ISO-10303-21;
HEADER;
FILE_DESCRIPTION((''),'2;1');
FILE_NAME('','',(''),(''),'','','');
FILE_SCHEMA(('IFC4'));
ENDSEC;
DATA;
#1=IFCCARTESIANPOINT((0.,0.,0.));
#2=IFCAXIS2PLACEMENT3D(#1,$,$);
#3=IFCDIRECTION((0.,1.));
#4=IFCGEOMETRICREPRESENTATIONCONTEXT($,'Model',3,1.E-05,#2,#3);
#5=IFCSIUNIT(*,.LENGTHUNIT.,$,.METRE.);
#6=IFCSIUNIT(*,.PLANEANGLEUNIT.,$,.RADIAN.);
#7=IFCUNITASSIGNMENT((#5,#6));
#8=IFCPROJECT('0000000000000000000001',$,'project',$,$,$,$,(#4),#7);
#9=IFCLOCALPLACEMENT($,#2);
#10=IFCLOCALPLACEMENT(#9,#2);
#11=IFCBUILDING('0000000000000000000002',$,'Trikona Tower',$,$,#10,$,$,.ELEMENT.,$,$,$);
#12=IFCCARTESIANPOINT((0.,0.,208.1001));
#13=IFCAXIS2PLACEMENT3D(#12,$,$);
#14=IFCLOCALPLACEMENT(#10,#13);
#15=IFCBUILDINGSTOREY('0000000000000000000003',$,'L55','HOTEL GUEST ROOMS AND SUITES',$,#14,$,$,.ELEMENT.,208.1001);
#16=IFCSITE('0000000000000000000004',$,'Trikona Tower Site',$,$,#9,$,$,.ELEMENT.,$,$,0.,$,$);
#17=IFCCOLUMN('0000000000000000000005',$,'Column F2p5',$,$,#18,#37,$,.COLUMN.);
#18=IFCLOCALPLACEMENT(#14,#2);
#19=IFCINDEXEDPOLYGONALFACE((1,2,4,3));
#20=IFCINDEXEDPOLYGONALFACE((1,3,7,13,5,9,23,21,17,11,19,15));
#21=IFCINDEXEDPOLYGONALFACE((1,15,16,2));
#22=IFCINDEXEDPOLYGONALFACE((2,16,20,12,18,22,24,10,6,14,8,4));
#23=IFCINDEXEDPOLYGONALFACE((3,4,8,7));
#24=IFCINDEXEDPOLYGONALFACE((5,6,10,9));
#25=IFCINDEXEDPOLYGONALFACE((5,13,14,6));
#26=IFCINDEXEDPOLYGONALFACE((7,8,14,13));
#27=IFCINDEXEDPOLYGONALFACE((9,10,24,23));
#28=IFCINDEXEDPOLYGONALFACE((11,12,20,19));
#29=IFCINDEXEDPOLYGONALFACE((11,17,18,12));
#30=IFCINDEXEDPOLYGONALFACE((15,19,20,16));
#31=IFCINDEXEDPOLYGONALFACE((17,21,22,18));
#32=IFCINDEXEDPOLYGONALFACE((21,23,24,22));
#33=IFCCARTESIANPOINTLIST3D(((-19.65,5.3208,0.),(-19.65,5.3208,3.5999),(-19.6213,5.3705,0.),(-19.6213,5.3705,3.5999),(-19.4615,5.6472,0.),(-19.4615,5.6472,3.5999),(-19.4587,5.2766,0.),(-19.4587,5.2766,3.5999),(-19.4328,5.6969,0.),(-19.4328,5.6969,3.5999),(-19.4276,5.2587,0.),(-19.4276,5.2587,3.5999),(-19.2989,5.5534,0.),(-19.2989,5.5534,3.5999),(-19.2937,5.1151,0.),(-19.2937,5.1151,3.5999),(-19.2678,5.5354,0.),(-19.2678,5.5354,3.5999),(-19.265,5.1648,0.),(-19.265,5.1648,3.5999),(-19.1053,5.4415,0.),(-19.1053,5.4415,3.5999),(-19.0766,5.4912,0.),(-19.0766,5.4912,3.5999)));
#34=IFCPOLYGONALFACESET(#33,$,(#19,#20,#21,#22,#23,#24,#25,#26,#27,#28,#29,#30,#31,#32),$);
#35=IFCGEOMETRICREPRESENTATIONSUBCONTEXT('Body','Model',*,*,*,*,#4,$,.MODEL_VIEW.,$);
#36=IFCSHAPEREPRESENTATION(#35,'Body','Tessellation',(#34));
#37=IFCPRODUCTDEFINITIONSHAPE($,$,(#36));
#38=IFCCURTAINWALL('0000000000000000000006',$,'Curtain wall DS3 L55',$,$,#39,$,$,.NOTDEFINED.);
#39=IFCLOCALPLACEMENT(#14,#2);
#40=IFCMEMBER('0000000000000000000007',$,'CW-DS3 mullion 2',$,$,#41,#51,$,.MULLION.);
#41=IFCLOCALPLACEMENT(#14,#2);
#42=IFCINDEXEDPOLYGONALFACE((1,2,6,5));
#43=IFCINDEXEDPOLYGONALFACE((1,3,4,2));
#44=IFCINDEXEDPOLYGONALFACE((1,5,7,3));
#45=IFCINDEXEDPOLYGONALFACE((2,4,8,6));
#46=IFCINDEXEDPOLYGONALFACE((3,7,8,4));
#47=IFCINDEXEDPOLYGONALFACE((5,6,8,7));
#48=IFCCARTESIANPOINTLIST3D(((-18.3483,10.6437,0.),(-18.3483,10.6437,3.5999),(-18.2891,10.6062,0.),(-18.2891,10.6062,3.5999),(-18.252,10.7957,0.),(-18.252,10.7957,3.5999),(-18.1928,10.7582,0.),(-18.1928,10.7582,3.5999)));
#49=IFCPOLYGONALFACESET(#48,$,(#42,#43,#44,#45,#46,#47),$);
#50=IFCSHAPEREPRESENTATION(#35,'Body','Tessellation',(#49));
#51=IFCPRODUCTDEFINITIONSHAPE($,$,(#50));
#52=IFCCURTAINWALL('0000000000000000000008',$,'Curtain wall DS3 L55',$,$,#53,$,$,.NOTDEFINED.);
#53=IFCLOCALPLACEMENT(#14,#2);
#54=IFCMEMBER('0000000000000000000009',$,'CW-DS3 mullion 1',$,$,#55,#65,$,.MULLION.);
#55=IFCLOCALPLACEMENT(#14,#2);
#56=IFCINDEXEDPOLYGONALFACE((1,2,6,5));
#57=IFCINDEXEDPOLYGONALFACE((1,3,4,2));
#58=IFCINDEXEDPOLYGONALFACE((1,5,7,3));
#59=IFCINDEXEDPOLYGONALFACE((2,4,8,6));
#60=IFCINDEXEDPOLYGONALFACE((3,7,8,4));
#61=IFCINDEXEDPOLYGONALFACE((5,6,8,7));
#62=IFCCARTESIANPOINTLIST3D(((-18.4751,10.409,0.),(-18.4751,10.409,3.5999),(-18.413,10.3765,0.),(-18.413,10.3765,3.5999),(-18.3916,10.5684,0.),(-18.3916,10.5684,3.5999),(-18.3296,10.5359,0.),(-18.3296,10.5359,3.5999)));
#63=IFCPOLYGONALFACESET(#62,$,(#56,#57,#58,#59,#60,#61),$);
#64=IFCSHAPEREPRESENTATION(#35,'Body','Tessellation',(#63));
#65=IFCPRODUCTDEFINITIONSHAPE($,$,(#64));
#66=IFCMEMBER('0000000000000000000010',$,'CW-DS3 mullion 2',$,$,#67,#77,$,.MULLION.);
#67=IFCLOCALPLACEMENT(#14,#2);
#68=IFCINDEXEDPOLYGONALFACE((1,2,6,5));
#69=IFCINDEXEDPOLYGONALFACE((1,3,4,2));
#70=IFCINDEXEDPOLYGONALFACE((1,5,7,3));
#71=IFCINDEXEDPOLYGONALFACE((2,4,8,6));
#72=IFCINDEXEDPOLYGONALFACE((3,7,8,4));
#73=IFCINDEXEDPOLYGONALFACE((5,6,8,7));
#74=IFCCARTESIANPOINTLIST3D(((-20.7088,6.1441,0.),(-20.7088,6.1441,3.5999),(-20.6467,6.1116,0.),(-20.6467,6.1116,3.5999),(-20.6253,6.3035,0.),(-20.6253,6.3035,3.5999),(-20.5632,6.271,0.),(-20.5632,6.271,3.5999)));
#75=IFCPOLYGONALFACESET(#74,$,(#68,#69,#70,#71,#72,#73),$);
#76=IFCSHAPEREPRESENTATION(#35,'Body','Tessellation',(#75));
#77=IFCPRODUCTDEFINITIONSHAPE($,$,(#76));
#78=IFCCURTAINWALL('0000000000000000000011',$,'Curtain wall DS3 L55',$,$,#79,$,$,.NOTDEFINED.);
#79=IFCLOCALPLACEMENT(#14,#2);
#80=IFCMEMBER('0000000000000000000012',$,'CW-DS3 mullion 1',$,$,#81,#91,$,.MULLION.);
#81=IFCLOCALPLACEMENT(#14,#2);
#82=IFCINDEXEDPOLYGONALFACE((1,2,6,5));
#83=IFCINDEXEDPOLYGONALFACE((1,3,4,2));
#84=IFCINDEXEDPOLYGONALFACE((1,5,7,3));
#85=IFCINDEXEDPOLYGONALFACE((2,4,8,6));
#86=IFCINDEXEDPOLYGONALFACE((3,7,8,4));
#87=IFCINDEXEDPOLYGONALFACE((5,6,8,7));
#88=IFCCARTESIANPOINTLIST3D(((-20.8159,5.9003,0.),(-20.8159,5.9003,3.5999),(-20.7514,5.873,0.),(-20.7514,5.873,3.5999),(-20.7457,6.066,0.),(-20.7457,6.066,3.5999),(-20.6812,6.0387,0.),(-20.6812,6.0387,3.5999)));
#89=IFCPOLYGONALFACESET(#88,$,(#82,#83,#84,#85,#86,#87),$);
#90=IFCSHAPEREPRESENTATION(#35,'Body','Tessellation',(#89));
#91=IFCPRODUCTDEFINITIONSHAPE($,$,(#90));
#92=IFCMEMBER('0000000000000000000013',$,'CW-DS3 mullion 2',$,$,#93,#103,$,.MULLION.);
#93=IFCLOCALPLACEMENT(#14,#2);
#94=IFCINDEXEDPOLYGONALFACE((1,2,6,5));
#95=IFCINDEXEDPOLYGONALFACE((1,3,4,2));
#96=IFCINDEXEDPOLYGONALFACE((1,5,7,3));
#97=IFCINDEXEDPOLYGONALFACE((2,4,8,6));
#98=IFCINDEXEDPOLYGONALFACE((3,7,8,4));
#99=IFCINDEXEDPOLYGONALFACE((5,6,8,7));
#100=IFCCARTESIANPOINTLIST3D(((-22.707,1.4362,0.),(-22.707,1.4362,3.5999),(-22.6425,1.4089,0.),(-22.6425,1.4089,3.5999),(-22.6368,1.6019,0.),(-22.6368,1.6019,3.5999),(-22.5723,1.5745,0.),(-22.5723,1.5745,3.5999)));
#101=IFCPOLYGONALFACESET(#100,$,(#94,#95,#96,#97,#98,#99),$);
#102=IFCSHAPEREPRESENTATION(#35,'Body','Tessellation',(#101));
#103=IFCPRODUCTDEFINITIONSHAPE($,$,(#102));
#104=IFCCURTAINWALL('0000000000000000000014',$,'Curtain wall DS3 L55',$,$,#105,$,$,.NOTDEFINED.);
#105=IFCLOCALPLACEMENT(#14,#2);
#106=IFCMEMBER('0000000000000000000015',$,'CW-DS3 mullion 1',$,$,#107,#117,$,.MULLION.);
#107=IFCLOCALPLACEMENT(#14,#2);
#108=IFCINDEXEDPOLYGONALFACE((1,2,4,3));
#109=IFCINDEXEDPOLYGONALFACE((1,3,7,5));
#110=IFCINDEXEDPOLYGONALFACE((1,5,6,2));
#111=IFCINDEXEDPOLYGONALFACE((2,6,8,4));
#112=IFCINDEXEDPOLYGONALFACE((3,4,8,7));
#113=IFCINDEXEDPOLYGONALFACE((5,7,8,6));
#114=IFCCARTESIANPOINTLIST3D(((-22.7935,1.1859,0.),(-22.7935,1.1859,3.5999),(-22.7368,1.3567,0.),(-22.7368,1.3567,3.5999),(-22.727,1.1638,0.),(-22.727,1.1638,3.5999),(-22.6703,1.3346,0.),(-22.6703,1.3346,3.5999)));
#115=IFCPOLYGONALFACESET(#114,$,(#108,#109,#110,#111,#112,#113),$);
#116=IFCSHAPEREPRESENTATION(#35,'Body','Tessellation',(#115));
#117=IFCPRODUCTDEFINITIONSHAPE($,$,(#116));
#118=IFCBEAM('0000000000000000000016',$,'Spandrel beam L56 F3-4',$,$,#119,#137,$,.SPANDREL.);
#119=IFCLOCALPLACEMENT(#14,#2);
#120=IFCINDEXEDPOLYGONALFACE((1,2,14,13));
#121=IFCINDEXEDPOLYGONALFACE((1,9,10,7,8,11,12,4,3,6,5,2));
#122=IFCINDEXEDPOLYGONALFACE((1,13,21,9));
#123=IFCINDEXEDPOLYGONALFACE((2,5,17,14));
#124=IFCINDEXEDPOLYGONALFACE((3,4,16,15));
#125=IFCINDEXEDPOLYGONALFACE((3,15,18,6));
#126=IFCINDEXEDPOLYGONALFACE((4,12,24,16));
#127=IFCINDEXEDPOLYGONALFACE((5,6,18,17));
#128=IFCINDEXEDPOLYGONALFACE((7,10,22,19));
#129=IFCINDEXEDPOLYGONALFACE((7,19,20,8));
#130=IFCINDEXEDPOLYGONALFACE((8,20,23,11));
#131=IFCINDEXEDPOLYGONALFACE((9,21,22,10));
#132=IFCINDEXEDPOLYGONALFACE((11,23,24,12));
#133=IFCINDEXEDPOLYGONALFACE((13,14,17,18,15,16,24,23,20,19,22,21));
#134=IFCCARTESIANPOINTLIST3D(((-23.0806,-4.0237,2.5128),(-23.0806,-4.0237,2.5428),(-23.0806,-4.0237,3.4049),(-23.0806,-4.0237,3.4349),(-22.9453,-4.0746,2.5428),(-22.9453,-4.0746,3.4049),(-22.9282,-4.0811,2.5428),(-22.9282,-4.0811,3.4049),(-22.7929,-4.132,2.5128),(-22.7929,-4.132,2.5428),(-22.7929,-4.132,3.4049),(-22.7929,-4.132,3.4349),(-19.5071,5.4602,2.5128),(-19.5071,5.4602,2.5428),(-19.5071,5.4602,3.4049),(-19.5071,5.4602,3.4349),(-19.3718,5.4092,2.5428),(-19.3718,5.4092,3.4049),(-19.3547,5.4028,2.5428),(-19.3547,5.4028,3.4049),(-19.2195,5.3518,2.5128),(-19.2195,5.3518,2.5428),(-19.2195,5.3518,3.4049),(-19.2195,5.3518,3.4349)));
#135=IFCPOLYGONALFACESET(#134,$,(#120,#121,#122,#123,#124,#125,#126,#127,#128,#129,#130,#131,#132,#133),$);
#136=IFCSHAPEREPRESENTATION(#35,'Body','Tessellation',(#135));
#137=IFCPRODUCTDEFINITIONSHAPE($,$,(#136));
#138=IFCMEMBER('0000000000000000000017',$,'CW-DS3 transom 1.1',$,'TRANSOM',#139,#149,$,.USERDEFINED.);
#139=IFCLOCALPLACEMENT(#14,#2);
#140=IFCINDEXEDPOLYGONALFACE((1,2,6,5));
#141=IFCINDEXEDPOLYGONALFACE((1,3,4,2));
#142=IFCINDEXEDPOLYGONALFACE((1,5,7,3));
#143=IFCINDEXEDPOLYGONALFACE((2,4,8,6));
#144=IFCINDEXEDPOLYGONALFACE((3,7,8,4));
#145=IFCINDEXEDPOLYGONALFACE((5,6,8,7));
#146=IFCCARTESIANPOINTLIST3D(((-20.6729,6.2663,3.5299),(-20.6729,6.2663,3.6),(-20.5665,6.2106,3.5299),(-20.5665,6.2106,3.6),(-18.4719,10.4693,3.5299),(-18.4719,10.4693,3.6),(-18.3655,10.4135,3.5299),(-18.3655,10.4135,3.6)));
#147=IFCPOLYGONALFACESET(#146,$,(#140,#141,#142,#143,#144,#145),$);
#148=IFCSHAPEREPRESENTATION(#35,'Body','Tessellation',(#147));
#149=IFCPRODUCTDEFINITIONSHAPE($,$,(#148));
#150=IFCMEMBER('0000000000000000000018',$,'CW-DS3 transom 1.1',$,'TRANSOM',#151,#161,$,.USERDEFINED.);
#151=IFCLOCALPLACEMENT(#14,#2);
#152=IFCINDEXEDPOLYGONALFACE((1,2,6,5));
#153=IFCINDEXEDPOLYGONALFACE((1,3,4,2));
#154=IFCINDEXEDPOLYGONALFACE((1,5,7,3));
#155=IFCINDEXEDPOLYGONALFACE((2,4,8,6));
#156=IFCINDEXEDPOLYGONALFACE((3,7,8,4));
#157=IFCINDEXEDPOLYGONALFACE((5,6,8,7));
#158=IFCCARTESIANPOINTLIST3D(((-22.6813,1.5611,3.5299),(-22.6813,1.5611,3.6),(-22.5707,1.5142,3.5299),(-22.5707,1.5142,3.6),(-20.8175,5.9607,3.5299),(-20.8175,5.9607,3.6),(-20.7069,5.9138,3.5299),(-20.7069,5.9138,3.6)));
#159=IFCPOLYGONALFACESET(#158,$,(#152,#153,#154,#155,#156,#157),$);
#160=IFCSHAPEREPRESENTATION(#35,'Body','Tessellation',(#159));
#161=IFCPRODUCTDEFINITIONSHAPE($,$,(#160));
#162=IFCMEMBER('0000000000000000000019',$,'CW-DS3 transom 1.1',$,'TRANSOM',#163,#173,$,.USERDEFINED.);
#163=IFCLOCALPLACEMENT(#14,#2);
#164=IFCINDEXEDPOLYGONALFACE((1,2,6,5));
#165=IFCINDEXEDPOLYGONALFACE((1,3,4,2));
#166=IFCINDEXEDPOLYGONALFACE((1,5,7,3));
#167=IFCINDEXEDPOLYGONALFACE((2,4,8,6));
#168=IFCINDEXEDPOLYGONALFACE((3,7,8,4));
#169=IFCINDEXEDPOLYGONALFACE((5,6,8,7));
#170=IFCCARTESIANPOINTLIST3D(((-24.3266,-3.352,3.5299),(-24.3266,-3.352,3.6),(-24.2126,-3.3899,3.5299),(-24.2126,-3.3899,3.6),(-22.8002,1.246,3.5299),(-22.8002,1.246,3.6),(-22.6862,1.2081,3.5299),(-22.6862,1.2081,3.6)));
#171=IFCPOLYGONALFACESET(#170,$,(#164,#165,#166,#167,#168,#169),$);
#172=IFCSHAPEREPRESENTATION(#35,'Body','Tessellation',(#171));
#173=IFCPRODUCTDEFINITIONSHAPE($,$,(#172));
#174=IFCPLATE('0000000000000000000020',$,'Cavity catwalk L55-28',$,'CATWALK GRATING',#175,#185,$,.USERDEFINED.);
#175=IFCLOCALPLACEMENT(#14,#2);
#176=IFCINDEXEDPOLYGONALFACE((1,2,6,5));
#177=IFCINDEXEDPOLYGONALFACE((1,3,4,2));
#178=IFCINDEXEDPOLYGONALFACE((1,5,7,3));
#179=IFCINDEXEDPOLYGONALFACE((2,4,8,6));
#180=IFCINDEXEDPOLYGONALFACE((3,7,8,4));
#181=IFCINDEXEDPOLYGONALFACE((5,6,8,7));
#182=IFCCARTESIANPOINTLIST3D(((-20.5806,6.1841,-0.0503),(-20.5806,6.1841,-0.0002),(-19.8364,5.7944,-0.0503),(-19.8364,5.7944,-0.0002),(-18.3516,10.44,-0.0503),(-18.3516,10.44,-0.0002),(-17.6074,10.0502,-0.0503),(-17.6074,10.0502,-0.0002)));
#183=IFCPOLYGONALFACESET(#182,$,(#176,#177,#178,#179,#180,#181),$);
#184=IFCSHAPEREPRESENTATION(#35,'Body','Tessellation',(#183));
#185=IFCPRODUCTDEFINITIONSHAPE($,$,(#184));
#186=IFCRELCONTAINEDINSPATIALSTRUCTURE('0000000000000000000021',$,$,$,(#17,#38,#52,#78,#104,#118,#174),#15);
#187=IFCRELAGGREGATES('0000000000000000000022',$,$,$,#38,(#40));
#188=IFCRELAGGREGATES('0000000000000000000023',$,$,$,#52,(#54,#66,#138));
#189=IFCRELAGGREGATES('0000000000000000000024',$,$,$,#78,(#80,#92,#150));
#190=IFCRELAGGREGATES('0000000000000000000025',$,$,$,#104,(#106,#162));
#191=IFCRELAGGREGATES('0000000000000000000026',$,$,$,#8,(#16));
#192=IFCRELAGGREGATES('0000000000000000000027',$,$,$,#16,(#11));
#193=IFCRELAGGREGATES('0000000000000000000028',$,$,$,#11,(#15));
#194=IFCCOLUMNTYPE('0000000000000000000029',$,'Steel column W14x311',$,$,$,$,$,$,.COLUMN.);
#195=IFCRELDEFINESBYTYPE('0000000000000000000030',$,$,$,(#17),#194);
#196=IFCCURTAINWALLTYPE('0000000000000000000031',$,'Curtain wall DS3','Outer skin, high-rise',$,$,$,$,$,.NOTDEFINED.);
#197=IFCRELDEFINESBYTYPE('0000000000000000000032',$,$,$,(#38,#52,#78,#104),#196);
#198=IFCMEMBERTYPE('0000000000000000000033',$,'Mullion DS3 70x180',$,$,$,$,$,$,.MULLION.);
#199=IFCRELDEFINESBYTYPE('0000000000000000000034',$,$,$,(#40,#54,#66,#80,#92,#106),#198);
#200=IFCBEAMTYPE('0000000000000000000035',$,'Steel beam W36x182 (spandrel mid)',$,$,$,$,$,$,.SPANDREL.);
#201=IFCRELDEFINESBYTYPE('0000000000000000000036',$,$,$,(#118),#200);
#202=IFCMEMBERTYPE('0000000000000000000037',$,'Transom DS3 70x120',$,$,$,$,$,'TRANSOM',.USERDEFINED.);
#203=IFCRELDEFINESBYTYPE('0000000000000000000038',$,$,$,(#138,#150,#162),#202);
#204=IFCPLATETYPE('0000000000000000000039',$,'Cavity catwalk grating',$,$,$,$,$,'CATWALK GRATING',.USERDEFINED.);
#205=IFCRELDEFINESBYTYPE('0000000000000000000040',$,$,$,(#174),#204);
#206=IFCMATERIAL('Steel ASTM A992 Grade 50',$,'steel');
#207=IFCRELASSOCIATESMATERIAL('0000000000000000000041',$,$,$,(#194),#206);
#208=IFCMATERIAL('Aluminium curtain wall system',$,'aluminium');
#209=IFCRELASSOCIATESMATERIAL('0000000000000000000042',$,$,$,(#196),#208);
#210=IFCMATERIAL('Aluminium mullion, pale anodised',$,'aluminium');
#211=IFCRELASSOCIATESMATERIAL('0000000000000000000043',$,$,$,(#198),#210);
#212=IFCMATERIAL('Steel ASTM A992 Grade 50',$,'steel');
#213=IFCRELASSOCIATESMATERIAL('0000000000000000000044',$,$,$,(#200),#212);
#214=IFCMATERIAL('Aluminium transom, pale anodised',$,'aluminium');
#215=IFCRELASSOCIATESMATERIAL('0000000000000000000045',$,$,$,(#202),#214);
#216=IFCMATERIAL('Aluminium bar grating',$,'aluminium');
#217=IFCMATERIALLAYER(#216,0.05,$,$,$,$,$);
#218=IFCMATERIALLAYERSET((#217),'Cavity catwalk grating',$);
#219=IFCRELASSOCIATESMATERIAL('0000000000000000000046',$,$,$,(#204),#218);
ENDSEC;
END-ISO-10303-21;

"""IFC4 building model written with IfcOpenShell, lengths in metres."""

from ifc_helpers import new_model, si_unit, direction, frame, origin, origin_2d, place, context, subcontext, project, spatial, rectangle, i_section, extrude, material, layer, layer_set, material_profile, profile_set, type_object, element, aggregate, save


model = new_model("IFC4")

# Units and contexts
model_context = context("Model", 3, precision=1e-05, world=origin(), true_north=direction((0.0, 1.0)))
body_context = subcontext(model_context, "Body", "Model", "MODEL_VIEW")
ifc_project = project(units=[si_unit("LENGTHUNIT", "METRE"), si_unit("PLANEANGLEUNIT", "RADIAN")], contexts=[model_context])

# Site, building, storey
site_placement = place(None, origin())
site = spatial("IfcSite", under=ifc_project, at=site_placement, Name="Trikona Tower Site", CompositionType="ELEMENT", RefElevation=0.0)
building_placement = place(site_placement, origin())
building = spatial("IfcBuilding", under=site, at=building_placement, Name="Trikona Tower", CompositionType="ELEMENT")
storey_placement = place(building_placement, frame((0.0, 0.0, 208.1001)))
storey = spatial("IfcBuildingStorey", under=building, at=storey_placement, Name="L55", Description="HOTEL GUEST ROOMS AND SUITES", CompositionType="ELEMENT", Elevation=208.1001)

# Column
ifc_material_1 = material(Name="Steel ASTM A992 Grade 50", Category="steel")
ifc_material_profile_1 = material_profile(ifc_material_1, i_section(OverallWidth=0.4114, OverallDepth=0.4343, WebThickness=0.0359, FlangeThickness=0.0574, at=origin_2d()), Name="W14X311")
ifc_profile_set_1 = profile_set([ifc_material_profile_1], Name="Steel ASTM A992 Grade 50")
column_type = type_object("IfcColumnType", Name="Steel column W14x311", PredefinedType="COLUMN", material=ifc_profile_set_1)
column_placement = place(storey_placement, frame((-19.3633, 5.406, 0.0), z_axis=(0.0, 0.0, 1.0), x_axis=(-0.866025, 0.5, 0.0)))
element("IfcColumn", 1, at=column_placement, inside=storey, type_object=column_type, Name="Column F2p5", PredefinedType="COLUMN", context=body_context, shape_type="SweptSolid", body=[
    extrude(i_section(OverallWidth=0.4114, OverallDepth=0.4343, WebThickness=0.0359, FlangeThickness=0.0574, at=origin_2d()), origin(), (0.0, 0.0, 1.0), 3.5999),
])

# Curtain wall, member
ifc_material_2 = material(Name="Aluminium curtain wall system", Category="aluminium")
curtain_wall_type = type_object("IfcCurtainWallType", Name="Curtain wall DS3", Description="Outer skin, high-rise", PredefinedType="NOTDEFINED", material=ifc_material_2)
curtain_wall_1_placement = place(storey_placement, origin())
curtain_wall_1 = element("IfcCurtainWall", 2, at=curtain_wall_1_placement, inside=storey, type_object=curtain_wall_type, Name="Curtain wall DS3 L55", PredefinedType="NOTDEFINED")
ifc_material_3 = material(Name="Aluminium mullion, pale anodised", Category="aluminium")
ifc_material_profile_2 = material_profile(ifc_material_3, rectangle(XDim=0.0701, YDim=0.1799, at=origin_2d()), Name="MUL-DS3")
ifc_profile_set_2 = profile_set([ifc_material_profile_2], Name="Aluminium mullion, pale anodised")
member_type_1 = type_object("IfcMemberType", Name="Mullion DS3 70x180", PredefinedType="MULLION", material=ifc_profile_set_2)
member_1_placement = place(storey_placement, frame((-18.2705, 10.7009, 0.0), z_axis=(0.0, 0.0, 1.0), x_axis=(0.844727, -0.535197, 0.0)))
member_1 = element("IfcMember", 3, at=member_1_placement, type_object=member_type_1, Name="CW-DS3 mullion 2", PredefinedType="MULLION", context=body_context, shape_type="SweptSolid", body=[
    extrude(rectangle(XDim=0.0701, YDim=0.1799, at=origin_2d()), origin(), (0.0, 0.0, 1.0), 3.5999),
])
aggregate(curtain_wall_1, [member_1])

# Curtain walls, members
curtain_wall_2_placement = place(storey_placement, origin())
curtain_wall_2 = element("IfcCurtainWall", 4, at=curtain_wall_2_placement, inside=storey, type_object=curtain_wall_type, Name="Curtain wall DS3 L55", PredefinedType="NOTDEFINED")
member_2_placement = place(storey_placement, frame((-18.4023, 10.4724, 0.0), z_axis=(0.0, 0.0, 1.0), x_axis=(0.885862, -0.463948, 0.0)))
member_2 = element("IfcMember", 5, at=member_2_placement, type_object=member_type_1, Name="CW-DS3 mullion 1", PredefinedType="MULLION", context=body_context, shape_type="SweptSolid", body=[
    extrude(rectangle(XDim=0.0701, YDim=0.1799, at=origin_2d()), origin(), (0.0, 0.0, 1.0), 3.5999),
])
member_3_placement = place(storey_placement, frame((-20.636, 6.2075, 0.0), z_axis=(0.0, 0.0, 1.0), x_axis=(0.885862, -0.463948, 0.0)))
member_3 = element("IfcMember", 6, at=member_3_placement, type_object=member_type_1, Name="CW-DS3 mullion 2", PredefinedType="MULLION", context=body_context, shape_type="SweptSolid", body=[
    extrude(rectangle(XDim=0.0701, YDim=0.1799, at=origin_2d()), origin(), (0.0, 0.0, 1.0), 3.5999),
])
curtain_wall_3_placement = place(storey_placement, origin())
curtain_wall_3 = element("IfcCurtainWall", 7, at=curtain_wall_3_placement, inside=storey, type_object=curtain_wall_type, Name="Curtain wall DS3 L55", PredefinedType="NOTDEFINED")
member_4_placement = place(storey_placement, frame((-20.7485, 5.9695, 0.0), z_axis=(0.0, 0.0, 1.0), x_axis=(0.920792, -0.390053, 0.0)))
member_4 = element("IfcMember", 8, at=member_4_placement, type_object=member_type_1, Name="CW-DS3 mullion 1", PredefinedType="MULLION", context=body_context, shape_type="SweptSolid", body=[
    extrude(rectangle(XDim=0.0701, YDim=0.1799, at=origin_2d()), origin(), (0.0, 0.0, 1.0), 3.5999),
])
member_5_placement = place(storey_placement, frame((-22.6396, 1.5054, 0.0), z_axis=(0.0, 0.0, 1.0), x_axis=(0.920792, -0.390053, 0.0)))
member_5 = element("IfcMember", 9, at=member_5_placement, type_object=member_type_1, Name="CW-DS3 mullion 2", PredefinedType="MULLION", context=body_context, shape_type="SweptSolid", body=[
    extrude(rectangle(XDim=0.0701, YDim=0.1799, at=origin_2d()), origin(), (0.0, 0.0, 1.0), 3.5999),
])

# Curtain wall, member
curtain_wall_4_placement = place(storey_placement, origin())
curtain_wall_4 = element("IfcCurtainWall", 10, at=curtain_wall_4_placement, inside=storey, type_object=curtain_wall_type, Name="Curtain wall DS3 L55", PredefinedType="NOTDEFINED")
member_6_placement = place(storey_placement, frame((-22.7319, 1.2603, 0.0), z_axis=(0.0, 0.0, 1.0), x_axis=(0.949066, -0.315078, 0.0)))
member_6 = element("IfcMember", 11, at=member_6_placement, type_object=member_type_1, Name="CW-DS3 mullion 1", PredefinedType="MULLION", context=body_context, shape_type="SweptSolid", body=[
    extrude(rectangle(XDim=0.0701, YDim=0.1799, at=origin_2d()), origin(), (0.0, 0.0, 1.0), 3.5999),
])

# Beam
ifc_material_4 = material(Name="Steel ASTM A992 Grade 50", Category="steel")
ifc_material_profile_3 = material_profile(ifc_material_4, i_section(OverallWidth=0.3074, OverallDepth=0.9221, WebThickness=0.0183, FlangeThickness=0.03, at=origin_2d()), Name="W36X182")
ifc_profile_set_3 = profile_set([ifc_material_profile_3], Name="Steel ASTM A992 Grade 50")
beam_type = type_object("IfcBeamType", Name="Steel beam W36x182 (spandrel mid)", PredefinedType="SPANDREL", material=ifc_profile_set_3)
beam_placement = place(storey_placement, frame((-19.3633, 5.406, 2.9739), z_axis=(-0.352596, -0.935776, 0.0), x_axis=(0.935776, -0.352596, 0.0)))
element("IfcBeam", 12, at=beam_placement, inside=storey, type_object=beam_type, Name="Spandrel beam L56 F3-4", PredefinedType="SPANDREL", context=body_context, shape_type="SweptSolid", body=[
    extrude(i_section(OverallWidth=0.3074, OverallDepth=0.9221, WebThickness=0.0183, FlangeThickness=0.03, at=origin_2d()), origin(), (0.0, 0.0, 1.0), 10.1348),
])

# Members
ifc_material_5 = material(Name="Aluminium transom, pale anodised", Category="aluminium")
ifc_material_profile_4 = material_profile(ifc_material_5, rectangle(XDim=0.1201, YDim=0.0701, at=origin_2d()), Name="TRN-DS3")
ifc_profile_set_4 = profile_set([ifc_material_profile_4], Name="Aluminium transom, pale anodised")
member_type_2 = type_object("IfcMemberType", Name="Transom DS3 70x120", ElementType="TRANSOM", PredefinedType="USERDEFINED", material=ifc_profile_set_4)
member_7_placement = place(storey_placement, frame((-18.4187, 10.4414, 3.5649), z_axis=(-0.463911, -0.885882, 0.0), x_axis=(0.885882, -0.463911, 0.0)))
member_7 = element("IfcMember", 13, at=member_7_placement, type_object=member_type_2, Name="CW-DS3 transom 1.1", ObjectType="TRANSOM", PredefinedType="USERDEFINED", context=body_context, shape_type="SweptSolid", body=[
    extrude(rectangle(XDim=0.1201, YDim=0.0701, at=origin_2d()), origin(), (0.0, 0.0, 1.0), 4.7444),
])
member_8_placement = place(storey_placement, frame((-20.7622, 5.9373, 3.5649), z_axis=(-0.390062, -0.920789, 0.0), x_axis=(0.920789, -0.390062, 0.0)))
member_8 = element("IfcMember", 14, at=member_8_placement, type_object=member_type_2, Name="CW-DS3 transom 1.1", ObjectType="TRANSOM", PredefinedType="USERDEFINED", context=body_context, shape_type="SweptSolid", body=[
    extrude(rectangle(XDim=0.1201, YDim=0.0701, at=origin_2d()), origin(), (0.0, 0.0, 1.0), 4.7781),
])
member_9_placement = place(storey_placement, frame((-22.7432, 1.2271, 3.5649), z_axis=(-0.315063, -0.949071, 0.0), x_axis=(0.949071, -0.315063, 0.0)))
member_9 = element("IfcMember", 15, at=member_9_placement, type_object=member_type_2, Name="CW-DS3 transom 1.1", ObjectType="TRANSOM", PredefinedType="USERDEFINED", context=body_context, shape_type="SweptSolid", body=[
    extrude(rectangle(XDim=0.1201, YDim=0.0701, at=origin_2d()), origin(), (0.0, 0.0, 1.0), 4.8447),
])

# Plate
ifc_material_6 = material(Name="Aluminium bar grating", Category="aluminium")
ifc_layer_1 = layer(ifc_material_6, 0.05)
ifc_layer_set_1 = layer_set([ifc_layer_1], Name="Cavity catwalk grating")
plate_type_1 = type_object("IfcPlateType", Name="Cavity catwalk grating", ElementType="CATWALK GRATING", PredefinedType="USERDEFINED", material=ifc_layer_set_1)
plate_1_placement = place(storey_placement, frame((-19.094, 8.1172, -0.0503), z_axis=(0.0, 0.0, 1.0), x_axis=(-0.463952, -0.88586, 0.0)))
element("IfcPlate", 16, at=plate_1_placement, inside=storey, type_object=plate_type_1, Name="Cavity catwalk L55-28", ObjectType="CATWALK GRATING", PredefinedType="USERDEFINED", context=body_context, shape_type="SweptSolid", body=[
    extrude(rectangle(XDim=4.8042, YDim=0.8401, at=origin_2d()), origin(), (0.0, 0.0, 1.0), 0.05),
])

aggregate(curtain_wall_2, [member_2, member_3, member_7])
aggregate(curtain_wall_3, [member_4, member_5, member_8])
aggregate(curtain_wall_4, [member_6, member_9])

save(model, "model.ifc")
